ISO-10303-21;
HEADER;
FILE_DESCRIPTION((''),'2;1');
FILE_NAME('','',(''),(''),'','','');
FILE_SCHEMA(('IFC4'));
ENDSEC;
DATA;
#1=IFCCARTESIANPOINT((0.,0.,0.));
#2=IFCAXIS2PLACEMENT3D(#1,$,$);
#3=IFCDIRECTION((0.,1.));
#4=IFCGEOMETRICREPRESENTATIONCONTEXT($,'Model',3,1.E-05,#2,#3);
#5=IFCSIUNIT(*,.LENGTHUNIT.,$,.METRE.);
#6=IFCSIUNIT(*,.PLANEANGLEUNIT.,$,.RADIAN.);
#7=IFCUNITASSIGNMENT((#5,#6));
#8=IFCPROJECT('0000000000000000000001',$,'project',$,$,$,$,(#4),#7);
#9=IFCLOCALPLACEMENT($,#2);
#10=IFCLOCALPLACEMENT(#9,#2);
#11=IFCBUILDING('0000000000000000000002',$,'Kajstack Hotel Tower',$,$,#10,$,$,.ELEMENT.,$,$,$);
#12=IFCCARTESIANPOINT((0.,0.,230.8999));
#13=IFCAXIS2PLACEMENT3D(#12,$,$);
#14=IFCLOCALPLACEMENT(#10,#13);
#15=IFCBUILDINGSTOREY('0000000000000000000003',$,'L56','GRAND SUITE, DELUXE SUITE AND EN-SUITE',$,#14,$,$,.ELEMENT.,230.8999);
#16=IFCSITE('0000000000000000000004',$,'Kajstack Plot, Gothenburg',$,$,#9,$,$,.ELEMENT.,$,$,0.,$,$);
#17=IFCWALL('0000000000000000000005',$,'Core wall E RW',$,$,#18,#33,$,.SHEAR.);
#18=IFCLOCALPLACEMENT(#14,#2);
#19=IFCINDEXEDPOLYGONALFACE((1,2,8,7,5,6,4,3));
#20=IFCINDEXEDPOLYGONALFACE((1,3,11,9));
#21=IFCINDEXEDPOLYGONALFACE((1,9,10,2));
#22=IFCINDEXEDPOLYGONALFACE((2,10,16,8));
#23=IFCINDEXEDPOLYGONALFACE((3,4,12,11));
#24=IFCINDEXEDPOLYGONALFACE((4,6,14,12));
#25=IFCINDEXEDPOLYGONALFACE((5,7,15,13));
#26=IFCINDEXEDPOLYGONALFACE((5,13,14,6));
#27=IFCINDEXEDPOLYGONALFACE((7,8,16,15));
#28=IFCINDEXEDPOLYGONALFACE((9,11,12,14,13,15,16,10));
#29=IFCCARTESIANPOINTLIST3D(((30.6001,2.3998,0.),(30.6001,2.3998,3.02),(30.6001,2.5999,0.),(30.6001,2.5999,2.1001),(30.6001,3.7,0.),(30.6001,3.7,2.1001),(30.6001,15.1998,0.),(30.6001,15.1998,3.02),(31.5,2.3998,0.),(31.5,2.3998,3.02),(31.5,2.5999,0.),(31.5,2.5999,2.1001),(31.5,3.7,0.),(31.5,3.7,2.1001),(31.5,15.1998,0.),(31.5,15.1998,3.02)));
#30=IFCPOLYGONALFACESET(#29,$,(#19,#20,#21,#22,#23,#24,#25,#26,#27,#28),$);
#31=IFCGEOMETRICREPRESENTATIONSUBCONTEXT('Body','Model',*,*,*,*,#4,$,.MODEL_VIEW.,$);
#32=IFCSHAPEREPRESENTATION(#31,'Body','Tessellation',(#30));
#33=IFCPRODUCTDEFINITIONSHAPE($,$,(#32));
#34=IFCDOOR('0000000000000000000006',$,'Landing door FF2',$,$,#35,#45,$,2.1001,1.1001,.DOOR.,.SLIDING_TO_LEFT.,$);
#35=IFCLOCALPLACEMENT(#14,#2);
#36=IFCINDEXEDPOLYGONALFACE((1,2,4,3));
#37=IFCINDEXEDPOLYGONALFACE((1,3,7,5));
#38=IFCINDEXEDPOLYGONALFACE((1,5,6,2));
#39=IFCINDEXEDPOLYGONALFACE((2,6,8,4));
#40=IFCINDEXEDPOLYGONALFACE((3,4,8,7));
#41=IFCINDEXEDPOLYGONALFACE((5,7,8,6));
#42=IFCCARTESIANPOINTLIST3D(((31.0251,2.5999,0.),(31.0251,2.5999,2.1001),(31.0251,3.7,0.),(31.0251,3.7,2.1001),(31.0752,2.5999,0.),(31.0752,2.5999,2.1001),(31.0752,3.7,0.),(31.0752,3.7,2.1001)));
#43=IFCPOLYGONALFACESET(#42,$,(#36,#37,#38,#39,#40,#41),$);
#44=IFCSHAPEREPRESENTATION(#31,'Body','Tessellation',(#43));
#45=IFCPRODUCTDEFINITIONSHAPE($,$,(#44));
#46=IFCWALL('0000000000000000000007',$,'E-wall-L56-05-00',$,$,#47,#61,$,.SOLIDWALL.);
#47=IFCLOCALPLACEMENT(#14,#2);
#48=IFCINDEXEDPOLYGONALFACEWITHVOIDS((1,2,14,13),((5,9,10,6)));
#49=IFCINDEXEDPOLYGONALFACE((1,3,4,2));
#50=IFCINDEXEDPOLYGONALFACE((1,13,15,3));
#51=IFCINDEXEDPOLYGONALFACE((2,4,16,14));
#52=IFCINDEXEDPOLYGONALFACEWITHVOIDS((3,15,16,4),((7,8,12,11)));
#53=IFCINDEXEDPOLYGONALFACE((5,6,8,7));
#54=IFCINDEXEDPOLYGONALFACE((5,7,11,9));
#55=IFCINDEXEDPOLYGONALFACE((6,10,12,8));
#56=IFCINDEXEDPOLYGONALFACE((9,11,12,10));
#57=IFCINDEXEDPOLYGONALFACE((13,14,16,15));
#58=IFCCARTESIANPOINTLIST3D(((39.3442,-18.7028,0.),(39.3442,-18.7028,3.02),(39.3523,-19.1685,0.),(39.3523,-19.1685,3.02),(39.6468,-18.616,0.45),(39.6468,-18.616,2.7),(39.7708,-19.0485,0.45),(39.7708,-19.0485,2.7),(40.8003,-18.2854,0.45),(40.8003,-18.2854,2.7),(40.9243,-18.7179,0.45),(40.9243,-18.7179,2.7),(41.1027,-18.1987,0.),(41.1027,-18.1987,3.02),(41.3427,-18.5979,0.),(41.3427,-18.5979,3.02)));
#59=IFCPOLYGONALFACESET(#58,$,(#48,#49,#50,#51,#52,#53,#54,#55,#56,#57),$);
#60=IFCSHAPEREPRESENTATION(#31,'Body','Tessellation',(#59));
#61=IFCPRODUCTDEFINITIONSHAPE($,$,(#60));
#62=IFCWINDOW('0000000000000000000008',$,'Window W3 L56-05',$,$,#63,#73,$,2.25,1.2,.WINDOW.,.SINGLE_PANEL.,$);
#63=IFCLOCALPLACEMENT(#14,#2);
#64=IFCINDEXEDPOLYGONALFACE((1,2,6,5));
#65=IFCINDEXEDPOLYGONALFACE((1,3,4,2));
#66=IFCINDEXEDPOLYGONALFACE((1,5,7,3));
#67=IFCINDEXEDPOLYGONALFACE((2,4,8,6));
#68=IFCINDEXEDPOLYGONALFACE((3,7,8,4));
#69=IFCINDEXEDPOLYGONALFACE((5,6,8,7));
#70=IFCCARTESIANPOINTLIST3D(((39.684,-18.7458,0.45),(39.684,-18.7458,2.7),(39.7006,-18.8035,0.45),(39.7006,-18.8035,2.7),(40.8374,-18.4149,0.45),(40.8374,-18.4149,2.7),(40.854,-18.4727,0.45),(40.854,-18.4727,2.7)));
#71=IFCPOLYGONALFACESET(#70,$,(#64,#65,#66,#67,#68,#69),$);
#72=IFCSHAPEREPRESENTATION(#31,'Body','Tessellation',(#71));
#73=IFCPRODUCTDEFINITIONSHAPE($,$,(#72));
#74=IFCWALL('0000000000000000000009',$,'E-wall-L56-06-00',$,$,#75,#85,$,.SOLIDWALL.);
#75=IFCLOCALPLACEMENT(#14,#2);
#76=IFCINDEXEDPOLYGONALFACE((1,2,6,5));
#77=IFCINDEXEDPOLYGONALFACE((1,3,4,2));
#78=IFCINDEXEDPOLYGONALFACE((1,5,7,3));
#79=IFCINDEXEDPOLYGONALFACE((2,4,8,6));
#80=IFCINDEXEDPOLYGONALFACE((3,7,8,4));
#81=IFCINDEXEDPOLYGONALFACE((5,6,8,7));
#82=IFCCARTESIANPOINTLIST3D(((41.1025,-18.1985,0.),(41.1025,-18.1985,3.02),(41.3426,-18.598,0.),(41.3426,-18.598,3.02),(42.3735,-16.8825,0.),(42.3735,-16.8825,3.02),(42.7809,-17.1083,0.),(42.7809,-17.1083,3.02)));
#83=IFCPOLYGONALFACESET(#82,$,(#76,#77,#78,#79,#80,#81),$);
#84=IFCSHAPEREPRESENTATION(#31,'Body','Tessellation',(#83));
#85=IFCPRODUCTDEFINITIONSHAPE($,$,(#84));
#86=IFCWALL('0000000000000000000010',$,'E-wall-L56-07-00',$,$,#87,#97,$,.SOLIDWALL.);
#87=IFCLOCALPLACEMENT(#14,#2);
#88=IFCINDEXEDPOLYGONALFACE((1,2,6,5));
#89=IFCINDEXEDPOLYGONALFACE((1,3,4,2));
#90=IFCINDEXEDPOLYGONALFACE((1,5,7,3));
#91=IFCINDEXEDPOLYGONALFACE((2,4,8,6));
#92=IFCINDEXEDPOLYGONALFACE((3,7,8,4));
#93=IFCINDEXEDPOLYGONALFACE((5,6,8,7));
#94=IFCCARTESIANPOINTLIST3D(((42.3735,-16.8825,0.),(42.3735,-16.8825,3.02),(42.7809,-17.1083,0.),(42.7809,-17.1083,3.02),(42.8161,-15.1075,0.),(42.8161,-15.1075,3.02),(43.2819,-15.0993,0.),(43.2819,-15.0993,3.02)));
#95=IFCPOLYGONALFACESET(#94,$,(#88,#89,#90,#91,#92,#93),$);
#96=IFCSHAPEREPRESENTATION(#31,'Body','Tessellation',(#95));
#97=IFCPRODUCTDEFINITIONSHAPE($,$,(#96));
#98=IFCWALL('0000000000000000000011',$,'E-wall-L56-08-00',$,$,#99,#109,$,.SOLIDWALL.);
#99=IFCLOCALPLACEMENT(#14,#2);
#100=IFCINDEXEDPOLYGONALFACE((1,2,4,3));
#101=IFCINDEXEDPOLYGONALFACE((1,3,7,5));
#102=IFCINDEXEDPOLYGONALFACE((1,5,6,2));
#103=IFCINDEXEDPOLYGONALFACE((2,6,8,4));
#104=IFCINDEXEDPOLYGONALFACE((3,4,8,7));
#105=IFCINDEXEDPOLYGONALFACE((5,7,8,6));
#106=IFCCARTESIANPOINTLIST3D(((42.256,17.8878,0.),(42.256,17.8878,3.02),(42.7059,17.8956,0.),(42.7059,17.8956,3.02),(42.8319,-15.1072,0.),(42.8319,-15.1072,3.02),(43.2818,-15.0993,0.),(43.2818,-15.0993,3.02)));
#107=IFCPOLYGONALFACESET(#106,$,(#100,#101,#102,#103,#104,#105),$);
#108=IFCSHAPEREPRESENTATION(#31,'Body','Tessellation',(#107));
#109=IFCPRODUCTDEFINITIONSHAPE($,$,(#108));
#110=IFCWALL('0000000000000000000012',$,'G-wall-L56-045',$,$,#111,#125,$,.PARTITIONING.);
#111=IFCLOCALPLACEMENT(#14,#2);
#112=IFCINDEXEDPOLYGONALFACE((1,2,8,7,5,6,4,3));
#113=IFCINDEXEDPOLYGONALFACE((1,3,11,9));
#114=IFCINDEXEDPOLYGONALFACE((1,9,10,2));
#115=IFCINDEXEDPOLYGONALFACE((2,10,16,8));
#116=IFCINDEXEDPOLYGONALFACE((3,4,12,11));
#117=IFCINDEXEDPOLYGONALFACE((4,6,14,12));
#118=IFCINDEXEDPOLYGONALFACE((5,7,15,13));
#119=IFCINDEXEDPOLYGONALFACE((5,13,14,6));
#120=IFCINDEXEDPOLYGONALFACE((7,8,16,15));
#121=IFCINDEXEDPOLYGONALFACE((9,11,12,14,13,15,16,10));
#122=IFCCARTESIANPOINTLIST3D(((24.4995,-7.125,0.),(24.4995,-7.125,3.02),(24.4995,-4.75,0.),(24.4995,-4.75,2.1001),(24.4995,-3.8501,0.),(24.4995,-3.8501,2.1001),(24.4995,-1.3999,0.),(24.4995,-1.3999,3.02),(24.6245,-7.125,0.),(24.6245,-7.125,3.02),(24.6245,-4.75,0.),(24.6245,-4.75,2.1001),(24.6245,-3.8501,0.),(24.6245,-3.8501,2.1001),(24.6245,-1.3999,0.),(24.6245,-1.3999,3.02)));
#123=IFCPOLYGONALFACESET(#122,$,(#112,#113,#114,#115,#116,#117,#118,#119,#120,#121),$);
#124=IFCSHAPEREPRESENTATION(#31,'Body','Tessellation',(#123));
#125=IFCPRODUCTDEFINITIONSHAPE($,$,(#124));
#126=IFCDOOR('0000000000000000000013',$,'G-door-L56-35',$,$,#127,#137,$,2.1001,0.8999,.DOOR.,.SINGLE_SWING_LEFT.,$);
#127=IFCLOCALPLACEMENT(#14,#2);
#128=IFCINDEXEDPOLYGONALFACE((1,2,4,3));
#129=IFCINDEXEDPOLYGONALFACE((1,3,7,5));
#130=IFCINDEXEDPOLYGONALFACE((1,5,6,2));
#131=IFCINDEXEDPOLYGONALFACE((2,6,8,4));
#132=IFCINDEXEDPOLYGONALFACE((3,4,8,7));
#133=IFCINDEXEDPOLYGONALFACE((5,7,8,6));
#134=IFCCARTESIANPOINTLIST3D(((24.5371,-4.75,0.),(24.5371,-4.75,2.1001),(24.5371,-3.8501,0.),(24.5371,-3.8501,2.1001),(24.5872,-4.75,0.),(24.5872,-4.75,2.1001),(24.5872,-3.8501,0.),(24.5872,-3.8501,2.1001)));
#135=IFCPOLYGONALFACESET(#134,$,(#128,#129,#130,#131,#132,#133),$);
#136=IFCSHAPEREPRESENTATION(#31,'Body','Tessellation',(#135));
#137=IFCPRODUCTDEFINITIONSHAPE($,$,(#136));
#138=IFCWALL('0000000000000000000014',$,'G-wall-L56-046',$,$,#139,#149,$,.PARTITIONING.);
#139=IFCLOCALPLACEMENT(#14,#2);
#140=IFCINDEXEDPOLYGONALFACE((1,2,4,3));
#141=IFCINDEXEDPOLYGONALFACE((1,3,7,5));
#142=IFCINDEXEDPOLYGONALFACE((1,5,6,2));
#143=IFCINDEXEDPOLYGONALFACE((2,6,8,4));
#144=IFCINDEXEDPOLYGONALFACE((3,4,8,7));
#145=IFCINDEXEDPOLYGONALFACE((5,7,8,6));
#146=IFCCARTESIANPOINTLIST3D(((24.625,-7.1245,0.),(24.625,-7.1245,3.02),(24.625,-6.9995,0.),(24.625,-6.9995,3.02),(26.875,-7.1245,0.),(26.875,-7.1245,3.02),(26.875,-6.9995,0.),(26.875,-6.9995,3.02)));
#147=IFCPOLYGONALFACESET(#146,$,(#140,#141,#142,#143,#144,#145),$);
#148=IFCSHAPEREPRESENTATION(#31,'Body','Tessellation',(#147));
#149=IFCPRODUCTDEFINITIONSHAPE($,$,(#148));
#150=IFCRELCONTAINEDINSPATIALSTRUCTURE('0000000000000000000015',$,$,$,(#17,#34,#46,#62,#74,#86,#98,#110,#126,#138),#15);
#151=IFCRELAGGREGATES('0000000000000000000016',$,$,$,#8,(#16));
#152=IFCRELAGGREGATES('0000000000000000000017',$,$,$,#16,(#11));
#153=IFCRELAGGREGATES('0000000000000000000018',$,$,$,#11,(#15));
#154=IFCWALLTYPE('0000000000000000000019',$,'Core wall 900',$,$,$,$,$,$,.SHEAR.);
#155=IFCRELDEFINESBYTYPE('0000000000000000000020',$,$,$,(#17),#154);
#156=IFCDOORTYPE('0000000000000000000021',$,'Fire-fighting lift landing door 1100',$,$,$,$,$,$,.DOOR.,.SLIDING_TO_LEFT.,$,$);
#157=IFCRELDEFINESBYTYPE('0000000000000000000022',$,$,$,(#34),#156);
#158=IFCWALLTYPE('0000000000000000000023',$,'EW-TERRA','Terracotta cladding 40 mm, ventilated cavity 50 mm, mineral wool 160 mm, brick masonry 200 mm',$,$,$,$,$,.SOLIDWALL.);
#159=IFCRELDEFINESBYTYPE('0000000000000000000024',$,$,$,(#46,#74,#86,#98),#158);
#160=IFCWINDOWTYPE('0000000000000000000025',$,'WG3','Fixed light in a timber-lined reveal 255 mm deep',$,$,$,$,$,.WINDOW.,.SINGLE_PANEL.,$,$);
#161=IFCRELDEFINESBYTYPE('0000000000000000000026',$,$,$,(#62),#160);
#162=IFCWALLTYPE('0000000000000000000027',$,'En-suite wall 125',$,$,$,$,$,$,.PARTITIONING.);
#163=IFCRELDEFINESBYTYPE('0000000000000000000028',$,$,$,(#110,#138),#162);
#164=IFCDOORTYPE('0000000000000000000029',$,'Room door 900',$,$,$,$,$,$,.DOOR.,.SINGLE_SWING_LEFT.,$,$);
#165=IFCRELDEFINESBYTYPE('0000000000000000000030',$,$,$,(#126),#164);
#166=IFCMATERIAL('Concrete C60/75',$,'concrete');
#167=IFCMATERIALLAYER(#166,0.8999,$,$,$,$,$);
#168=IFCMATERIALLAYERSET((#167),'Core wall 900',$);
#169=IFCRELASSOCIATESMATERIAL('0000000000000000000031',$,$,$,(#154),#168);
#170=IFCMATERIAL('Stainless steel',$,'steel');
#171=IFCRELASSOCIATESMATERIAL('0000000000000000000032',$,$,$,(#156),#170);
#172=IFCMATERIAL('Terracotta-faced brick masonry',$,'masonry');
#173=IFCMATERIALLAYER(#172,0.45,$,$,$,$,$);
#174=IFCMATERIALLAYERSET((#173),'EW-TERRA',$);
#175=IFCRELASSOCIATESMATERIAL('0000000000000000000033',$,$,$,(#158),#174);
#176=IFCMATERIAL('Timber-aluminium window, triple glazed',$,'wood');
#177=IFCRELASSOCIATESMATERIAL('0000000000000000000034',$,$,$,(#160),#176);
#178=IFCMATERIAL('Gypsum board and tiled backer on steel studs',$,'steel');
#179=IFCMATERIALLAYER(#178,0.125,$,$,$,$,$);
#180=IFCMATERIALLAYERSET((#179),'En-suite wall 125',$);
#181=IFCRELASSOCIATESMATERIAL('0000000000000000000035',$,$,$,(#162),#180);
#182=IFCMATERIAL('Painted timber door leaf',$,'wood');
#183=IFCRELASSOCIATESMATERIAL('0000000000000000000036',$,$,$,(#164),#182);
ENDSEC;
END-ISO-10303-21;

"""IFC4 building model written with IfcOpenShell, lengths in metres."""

from ifc_helpers import new_model, si_unit, direction, frame, frame_2d, origin, place, context, subcontext, project, spatial, polyline, rectangle, outline, extrude, material, layer, layer_set, type_object, element, fill, save


model = new_model("IFC4")

# Units and contexts
model_context = context("Model", 3, precision=1e-05, world=origin(), true_north=direction((0.0, 1.0)))
body_context = subcontext(model_context, "Body", "Model", "MODEL_VIEW")
ifc_project = project(units=[si_unit("LENGTHUNIT", "METRE"), si_unit("PLANEANGLEUNIT", "RADIAN")], contexts=[model_context])

# Site, building, storey
site_placement = place(None, origin())
site = spatial("IfcSite", under=ifc_project, at=site_placement, Name="Kajstack Plot, Gothenburg", CompositionType="ELEMENT", RefElevation=0.0)
building_placement = place(site_placement, origin())
building = spatial("IfcBuilding", under=site, at=building_placement, Name="Kajstack Hotel Tower", CompositionType="ELEMENT")
storey_placement = place(building_placement, frame((0.0, 0.0, 230.8999)))
storey = spatial("IfcBuildingStorey", under=building, at=storey_placement, Name="L56", Description="GRAND SUITE, DELUXE SUITE AND EN-SUITE", CompositionType="ELEMENT", Elevation=230.8999)

# Wall, opening, door
ifc_material_1 = material(Name="Concrete C60/75", Category="concrete")
ifc_layer_1 = layer(ifc_material_1, 0.8999)
ifc_layer_set_1 = layer_set([ifc_layer_1], Name="Core wall 900")
wall_type_1 = type_object("IfcWallType", Name="Core wall 900", PredefinedType="SHEAR", material=ifc_layer_set_1)
wall_1_placement = place(storey_placement, frame((31.05, 2.3999, 0.0), z_axis=(0.0, 0.0, 1.0), x_axis=(0.0, 1.0, 0.0)))
wall_1 = element("IfcWall", 1, at=wall_1_placement, inside=storey, type_object=wall_type_1, Name="Core wall E RW", PredefinedType="SHEAR", context=body_context, shape_type="SweptSolid", body=[
    extrude(rectangle(XDim=12.8, YDim=0.8999, at=frame_2d((6.3999, 0.0))), origin(), (0.0, 0.0, 1.0), 3.02),
])
opening_1_placement = place(wall_1_placement, frame((0.2, 0.0, 0.0)))
opening_1 = element("IfcOpeningElement", 2, at=opening_1_placement, cuts=wall_1, PredefinedType="OPENING", context=body_context, shape_type="SweptSolid", body=[
    extrude(rectangle(XDim=1.1001, YDim=2.1001, at=frame_2d((0.55, 1.05))), frame((0.0, 0.46, 0.0), z_axis=(0.0, -1.0, 0.0), x_axis=(1.0, 0.0, 0.0)), (0.0, 0.0, 1.0), 0.9199),
])
ifc_material_2 = material(Name="Stainless steel", Category="steel")
door_type_1 = type_object("IfcDoorType", Name="Fire-fighting lift landing door 1100", OperationType="SLIDING_TO_LEFT", PredefinedType="DOOR", material=ifc_material_2)
door_1_placement = place(opening_1_placement, origin())
door_1 = element("IfcDoor", 3, at=door_1_placement, inside=storey, type_object=door_type_1, Name="Landing door FF2", OperationType="SLIDING_TO_LEFT", OverallHeight=2.1001, OverallWidth=1.1001, PredefinedType="DOOR", context=body_context, shape_type="SweptSolid", body=[
    extrude(rectangle(XDim=1.1001, YDim=2.1001, at=frame_2d((0.55, 1.05))), frame((0.0, 0.0249, 0.0), z_axis=(0.0, -1.0, 0.0), x_axis=(1.0, 0.0, 0.0)), (0.0, 0.0, 1.0), 0.05),
])
fill(opening_1, door_1)

# Wall, opening, window
ifc_material_3 = material(Name="Terracotta-faced brick masonry", Category="masonry")
ifc_layer_2 = layer(ifc_material_3, 0.45)
ifc_layer_set_2 = layer_set([ifc_layer_2], Name="EW-TERRA")
wall_type_2 = type_object("IfcWallType", Name="EW-TERRA", Description="Terracotta cladding 40 mm, ventilated cavity 50 mm, mineral wool 160 mm, brick masonry 200 mm", PredefinedType="SOLIDWALL", material=ifc_layer_set_2)
wall_2_placement = place(storey_placement, frame((39.2903, -18.9524, 0.0), z_axis=(0.0, 0.0, 1.0), x_axis=(0.961248, 0.275687, 0.0)))
wall_2 = element("IfcWall", 4, at=wall_2_placement, inside=storey, type_object=wall_type_2, Name="E-wall-L56-05-00", PredefinedType="SOLIDWALL", context=body_context, shape_type="SweptSolid", body=[
    extrude(outline(polyline([(0.0, -0.2249), (2.0706, -0.2251), (1.95, 0.2249), (0.1206, 0.2251), (0.0, -0.2249)])), origin(), (0.0, 0.0, 1.0), 3.02),
])
opening_2_placement = place(wall_2_placement, frame((0.4353, 0.0, 0.45)))
opening_2 = element("IfcOpeningElement", 5, at=opening_2_placement, cuts=wall_2, PredefinedType="OPENING", context=body_context, shape_type="SweptSolid", body=[
    extrude(rectangle(XDim=1.2, YDim=2.25, at=frame_2d((0.6001, 1.125))), frame((0.0, 0.2349, 0.0), z_axis=(0.0, -1.0, 0.0), x_axis=(1.0, 0.0, 0.0)), (0.0, 0.0, 1.0), 0.47),
])
ifc_material_4 = material(Name="Timber-aluminium window, triple glazed", Category="wood")
window_type = type_object("IfcWindowType", Name="WG3", Description="Fixed light in a timber-lined reveal 255 mm deep", PartitioningType="SINGLE_PANEL", PredefinedType="WINDOW", material=ifc_material_4)
window_placement = place(opening_2_placement, origin())
window = element("IfcWindow", 6, at=window_placement, inside=storey, type_object=window_type, Name="Window W3 L56-05", OverallHeight=2.25, OverallWidth=1.2, PartitioningType="SINGLE_PANEL", PredefinedType="WINDOW", context=body_context, shape_type="SweptSolid", body=[
    extrude(rectangle(XDim=1.2, YDim=2.25, at=frame_2d((0.6001, 1.125))), frame((0.0, 0.0901, 0.0), z_axis=(0.0, -1.0, 0.0), x_axis=(1.0, 0.0, 0.0)), (0.0, 0.0, 1.0), 0.0601),
])
fill(opening_2, window)

# Walls
wall_3_placement = place(storey_placement, frame((41.1807, -18.4417, 0.0), z_axis=(0.0, 0.0, 1.0), x_axis=(0.694679, 0.71932, 0.0)))
element("IfcWall", 7, at=wall_3_placement, inside=storey, type_object=wall_type_2, Name="E-wall-L56-06-00", PredefinedType="SOLIDWALL", context=body_context, shape_type="SweptSolid", body=[
    extrude(outline(polyline([(0.0, -0.2251), (2.0708, -0.2249), (1.9502, 0.2251), (0.1206, 0.2251), (0.0, -0.2251)])), origin(), (0.0, 0.0, 1.0), 3.02),
])
wall_4_placement = place(storey_placement, frame((42.5627, -17.054, 0.0), z_axis=(0.0, 0.0, 1.0), x_axis=(0.241842, 0.970316, 0.0)))
element("IfcWall", 8, at=wall_4_placement, inside=storey, type_object=wall_type_2, Name="E-wall-L56-07-00", PredefinedType="SOLIDWALL", context=body_context, shape_type="SweptSolid", body=[
    extrude(outline(polyline([(0.0, -0.2249), (2.0706, -0.2251), (1.95, 0.2249), (0.1206, 0.2251), (0.0, -0.2249)])), origin(), (0.0, 0.0, 1.0), 3.02),
])
wall_5_placement = place(storey_placement, frame((43.0569, -15.1033, 0.0), z_axis=(0.0, 0.0, 1.0), x_axis=(-0.017452, 0.999848, 0.0)))
element("IfcWall", 9, at=wall_5_placement, inside=storey, type_object=wall_type_2, Name="E-wall-L56-08-00", PredefinedType="SOLIDWALL", context=body_context, shape_type="SweptSolid", body=[
    extrude(rectangle(XDim=33.0, YDim=0.45, at=frame_2d((16.5, 0.0))), origin(), (0.0, 0.0, 1.0), 3.02),
])

# Wall, opening, door
ifc_material_5 = material(Name="Gypsum board and tiled backer on steel studs", Category="steel")
ifc_layer_3 = layer(ifc_material_5, 0.125)
ifc_layer_set_3 = layer_set([ifc_layer_3], Name="En-suite wall 125")
wall_type_3 = type_object("IfcWallType", Name="En-suite wall 125", PredefinedType="PARTITIONING", material=ifc_layer_set_3)
wall_6_placement = place(storey_placement, frame((24.562, -7.125, 0.0), z_axis=(0.0, 0.0, 1.0), x_axis=(0.0, 1.0, 0.0)))
wall_6 = element("IfcWall", 10, at=wall_6_placement, inside=storey, type_object=wall_type_3, Name="G-wall-L56-045", PredefinedType="PARTITIONING", context=body_context, shape_type="SweptSolid", body=[
    extrude(rectangle(XDim=5.7251, YDim=0.125, at=frame_2d((2.8625, 0.0))), origin(), (0.0, 0.0, 1.0), 3.02),
])
opening_3_placement = place(wall_6_placement, frame((2.375, 0.0, 0.0)))
opening_3 = element("IfcOpeningElement", 11, at=opening_3_placement, cuts=wall_6, PredefinedType="OPENING", context=body_context, shape_type="SweptSolid", body=[
    extrude(rectangle(XDim=0.8999, YDim=2.1001, at=frame_2d((0.45, 1.05))), frame((0.0, 0.0725, 0.0), z_axis=(0.0, -1.0, 0.0), x_axis=(1.0, 0.0, 0.0)), (0.0, 0.0, 1.0), 0.145),
])
ifc_material_6 = material(Name="Painted timber door leaf", Category="wood")
door_type_2 = type_object("IfcDoorType", Name="Room door 900", OperationType="SINGLE_SWING_LEFT", PredefinedType="DOOR", material=ifc_material_6)
door_2_placement = place(opening_3_placement, origin())
door_2 = element("IfcDoor", 12, at=door_2_placement, inside=storey, type_object=door_type_2, Name="G-door-L56-35", OperationType="SINGLE_SWING_LEFT", OverallHeight=2.1001, OverallWidth=0.8999, PredefinedType="DOOR", context=body_context, shape_type="SweptSolid", body=[
    extrude(rectangle(XDim=0.8999, YDim=2.1001, at=frame_2d((0.45, 1.05))), frame((0.0, 0.0249, 0.0), z_axis=(0.0, -1.0, 0.0), x_axis=(1.0, 0.0, 0.0)), (0.0, 0.0, 1.0), 0.05),
])
fill(opening_3, door_2)

# Wall
wall_7_placement = place(storey_placement, frame((24.625, -7.062, 0.0), z_axis=(0.0, 0.0, 1.0), x_axis=(1.0, 0.0, 0.0)))
element("IfcWall", 13, at=wall_7_placement, inside=storey, type_object=wall_type_3, Name="G-wall-L56-046", PredefinedType="PARTITIONING", context=body_context, shape_type="SweptSolid", body=[
    extrude(rectangle(XDim=2.25, YDim=0.125, at=frame_2d((1.125, 0.0))), origin(), (0.0, 0.0, 1.0), 3.02),
])

save(model, "model.ifc")
